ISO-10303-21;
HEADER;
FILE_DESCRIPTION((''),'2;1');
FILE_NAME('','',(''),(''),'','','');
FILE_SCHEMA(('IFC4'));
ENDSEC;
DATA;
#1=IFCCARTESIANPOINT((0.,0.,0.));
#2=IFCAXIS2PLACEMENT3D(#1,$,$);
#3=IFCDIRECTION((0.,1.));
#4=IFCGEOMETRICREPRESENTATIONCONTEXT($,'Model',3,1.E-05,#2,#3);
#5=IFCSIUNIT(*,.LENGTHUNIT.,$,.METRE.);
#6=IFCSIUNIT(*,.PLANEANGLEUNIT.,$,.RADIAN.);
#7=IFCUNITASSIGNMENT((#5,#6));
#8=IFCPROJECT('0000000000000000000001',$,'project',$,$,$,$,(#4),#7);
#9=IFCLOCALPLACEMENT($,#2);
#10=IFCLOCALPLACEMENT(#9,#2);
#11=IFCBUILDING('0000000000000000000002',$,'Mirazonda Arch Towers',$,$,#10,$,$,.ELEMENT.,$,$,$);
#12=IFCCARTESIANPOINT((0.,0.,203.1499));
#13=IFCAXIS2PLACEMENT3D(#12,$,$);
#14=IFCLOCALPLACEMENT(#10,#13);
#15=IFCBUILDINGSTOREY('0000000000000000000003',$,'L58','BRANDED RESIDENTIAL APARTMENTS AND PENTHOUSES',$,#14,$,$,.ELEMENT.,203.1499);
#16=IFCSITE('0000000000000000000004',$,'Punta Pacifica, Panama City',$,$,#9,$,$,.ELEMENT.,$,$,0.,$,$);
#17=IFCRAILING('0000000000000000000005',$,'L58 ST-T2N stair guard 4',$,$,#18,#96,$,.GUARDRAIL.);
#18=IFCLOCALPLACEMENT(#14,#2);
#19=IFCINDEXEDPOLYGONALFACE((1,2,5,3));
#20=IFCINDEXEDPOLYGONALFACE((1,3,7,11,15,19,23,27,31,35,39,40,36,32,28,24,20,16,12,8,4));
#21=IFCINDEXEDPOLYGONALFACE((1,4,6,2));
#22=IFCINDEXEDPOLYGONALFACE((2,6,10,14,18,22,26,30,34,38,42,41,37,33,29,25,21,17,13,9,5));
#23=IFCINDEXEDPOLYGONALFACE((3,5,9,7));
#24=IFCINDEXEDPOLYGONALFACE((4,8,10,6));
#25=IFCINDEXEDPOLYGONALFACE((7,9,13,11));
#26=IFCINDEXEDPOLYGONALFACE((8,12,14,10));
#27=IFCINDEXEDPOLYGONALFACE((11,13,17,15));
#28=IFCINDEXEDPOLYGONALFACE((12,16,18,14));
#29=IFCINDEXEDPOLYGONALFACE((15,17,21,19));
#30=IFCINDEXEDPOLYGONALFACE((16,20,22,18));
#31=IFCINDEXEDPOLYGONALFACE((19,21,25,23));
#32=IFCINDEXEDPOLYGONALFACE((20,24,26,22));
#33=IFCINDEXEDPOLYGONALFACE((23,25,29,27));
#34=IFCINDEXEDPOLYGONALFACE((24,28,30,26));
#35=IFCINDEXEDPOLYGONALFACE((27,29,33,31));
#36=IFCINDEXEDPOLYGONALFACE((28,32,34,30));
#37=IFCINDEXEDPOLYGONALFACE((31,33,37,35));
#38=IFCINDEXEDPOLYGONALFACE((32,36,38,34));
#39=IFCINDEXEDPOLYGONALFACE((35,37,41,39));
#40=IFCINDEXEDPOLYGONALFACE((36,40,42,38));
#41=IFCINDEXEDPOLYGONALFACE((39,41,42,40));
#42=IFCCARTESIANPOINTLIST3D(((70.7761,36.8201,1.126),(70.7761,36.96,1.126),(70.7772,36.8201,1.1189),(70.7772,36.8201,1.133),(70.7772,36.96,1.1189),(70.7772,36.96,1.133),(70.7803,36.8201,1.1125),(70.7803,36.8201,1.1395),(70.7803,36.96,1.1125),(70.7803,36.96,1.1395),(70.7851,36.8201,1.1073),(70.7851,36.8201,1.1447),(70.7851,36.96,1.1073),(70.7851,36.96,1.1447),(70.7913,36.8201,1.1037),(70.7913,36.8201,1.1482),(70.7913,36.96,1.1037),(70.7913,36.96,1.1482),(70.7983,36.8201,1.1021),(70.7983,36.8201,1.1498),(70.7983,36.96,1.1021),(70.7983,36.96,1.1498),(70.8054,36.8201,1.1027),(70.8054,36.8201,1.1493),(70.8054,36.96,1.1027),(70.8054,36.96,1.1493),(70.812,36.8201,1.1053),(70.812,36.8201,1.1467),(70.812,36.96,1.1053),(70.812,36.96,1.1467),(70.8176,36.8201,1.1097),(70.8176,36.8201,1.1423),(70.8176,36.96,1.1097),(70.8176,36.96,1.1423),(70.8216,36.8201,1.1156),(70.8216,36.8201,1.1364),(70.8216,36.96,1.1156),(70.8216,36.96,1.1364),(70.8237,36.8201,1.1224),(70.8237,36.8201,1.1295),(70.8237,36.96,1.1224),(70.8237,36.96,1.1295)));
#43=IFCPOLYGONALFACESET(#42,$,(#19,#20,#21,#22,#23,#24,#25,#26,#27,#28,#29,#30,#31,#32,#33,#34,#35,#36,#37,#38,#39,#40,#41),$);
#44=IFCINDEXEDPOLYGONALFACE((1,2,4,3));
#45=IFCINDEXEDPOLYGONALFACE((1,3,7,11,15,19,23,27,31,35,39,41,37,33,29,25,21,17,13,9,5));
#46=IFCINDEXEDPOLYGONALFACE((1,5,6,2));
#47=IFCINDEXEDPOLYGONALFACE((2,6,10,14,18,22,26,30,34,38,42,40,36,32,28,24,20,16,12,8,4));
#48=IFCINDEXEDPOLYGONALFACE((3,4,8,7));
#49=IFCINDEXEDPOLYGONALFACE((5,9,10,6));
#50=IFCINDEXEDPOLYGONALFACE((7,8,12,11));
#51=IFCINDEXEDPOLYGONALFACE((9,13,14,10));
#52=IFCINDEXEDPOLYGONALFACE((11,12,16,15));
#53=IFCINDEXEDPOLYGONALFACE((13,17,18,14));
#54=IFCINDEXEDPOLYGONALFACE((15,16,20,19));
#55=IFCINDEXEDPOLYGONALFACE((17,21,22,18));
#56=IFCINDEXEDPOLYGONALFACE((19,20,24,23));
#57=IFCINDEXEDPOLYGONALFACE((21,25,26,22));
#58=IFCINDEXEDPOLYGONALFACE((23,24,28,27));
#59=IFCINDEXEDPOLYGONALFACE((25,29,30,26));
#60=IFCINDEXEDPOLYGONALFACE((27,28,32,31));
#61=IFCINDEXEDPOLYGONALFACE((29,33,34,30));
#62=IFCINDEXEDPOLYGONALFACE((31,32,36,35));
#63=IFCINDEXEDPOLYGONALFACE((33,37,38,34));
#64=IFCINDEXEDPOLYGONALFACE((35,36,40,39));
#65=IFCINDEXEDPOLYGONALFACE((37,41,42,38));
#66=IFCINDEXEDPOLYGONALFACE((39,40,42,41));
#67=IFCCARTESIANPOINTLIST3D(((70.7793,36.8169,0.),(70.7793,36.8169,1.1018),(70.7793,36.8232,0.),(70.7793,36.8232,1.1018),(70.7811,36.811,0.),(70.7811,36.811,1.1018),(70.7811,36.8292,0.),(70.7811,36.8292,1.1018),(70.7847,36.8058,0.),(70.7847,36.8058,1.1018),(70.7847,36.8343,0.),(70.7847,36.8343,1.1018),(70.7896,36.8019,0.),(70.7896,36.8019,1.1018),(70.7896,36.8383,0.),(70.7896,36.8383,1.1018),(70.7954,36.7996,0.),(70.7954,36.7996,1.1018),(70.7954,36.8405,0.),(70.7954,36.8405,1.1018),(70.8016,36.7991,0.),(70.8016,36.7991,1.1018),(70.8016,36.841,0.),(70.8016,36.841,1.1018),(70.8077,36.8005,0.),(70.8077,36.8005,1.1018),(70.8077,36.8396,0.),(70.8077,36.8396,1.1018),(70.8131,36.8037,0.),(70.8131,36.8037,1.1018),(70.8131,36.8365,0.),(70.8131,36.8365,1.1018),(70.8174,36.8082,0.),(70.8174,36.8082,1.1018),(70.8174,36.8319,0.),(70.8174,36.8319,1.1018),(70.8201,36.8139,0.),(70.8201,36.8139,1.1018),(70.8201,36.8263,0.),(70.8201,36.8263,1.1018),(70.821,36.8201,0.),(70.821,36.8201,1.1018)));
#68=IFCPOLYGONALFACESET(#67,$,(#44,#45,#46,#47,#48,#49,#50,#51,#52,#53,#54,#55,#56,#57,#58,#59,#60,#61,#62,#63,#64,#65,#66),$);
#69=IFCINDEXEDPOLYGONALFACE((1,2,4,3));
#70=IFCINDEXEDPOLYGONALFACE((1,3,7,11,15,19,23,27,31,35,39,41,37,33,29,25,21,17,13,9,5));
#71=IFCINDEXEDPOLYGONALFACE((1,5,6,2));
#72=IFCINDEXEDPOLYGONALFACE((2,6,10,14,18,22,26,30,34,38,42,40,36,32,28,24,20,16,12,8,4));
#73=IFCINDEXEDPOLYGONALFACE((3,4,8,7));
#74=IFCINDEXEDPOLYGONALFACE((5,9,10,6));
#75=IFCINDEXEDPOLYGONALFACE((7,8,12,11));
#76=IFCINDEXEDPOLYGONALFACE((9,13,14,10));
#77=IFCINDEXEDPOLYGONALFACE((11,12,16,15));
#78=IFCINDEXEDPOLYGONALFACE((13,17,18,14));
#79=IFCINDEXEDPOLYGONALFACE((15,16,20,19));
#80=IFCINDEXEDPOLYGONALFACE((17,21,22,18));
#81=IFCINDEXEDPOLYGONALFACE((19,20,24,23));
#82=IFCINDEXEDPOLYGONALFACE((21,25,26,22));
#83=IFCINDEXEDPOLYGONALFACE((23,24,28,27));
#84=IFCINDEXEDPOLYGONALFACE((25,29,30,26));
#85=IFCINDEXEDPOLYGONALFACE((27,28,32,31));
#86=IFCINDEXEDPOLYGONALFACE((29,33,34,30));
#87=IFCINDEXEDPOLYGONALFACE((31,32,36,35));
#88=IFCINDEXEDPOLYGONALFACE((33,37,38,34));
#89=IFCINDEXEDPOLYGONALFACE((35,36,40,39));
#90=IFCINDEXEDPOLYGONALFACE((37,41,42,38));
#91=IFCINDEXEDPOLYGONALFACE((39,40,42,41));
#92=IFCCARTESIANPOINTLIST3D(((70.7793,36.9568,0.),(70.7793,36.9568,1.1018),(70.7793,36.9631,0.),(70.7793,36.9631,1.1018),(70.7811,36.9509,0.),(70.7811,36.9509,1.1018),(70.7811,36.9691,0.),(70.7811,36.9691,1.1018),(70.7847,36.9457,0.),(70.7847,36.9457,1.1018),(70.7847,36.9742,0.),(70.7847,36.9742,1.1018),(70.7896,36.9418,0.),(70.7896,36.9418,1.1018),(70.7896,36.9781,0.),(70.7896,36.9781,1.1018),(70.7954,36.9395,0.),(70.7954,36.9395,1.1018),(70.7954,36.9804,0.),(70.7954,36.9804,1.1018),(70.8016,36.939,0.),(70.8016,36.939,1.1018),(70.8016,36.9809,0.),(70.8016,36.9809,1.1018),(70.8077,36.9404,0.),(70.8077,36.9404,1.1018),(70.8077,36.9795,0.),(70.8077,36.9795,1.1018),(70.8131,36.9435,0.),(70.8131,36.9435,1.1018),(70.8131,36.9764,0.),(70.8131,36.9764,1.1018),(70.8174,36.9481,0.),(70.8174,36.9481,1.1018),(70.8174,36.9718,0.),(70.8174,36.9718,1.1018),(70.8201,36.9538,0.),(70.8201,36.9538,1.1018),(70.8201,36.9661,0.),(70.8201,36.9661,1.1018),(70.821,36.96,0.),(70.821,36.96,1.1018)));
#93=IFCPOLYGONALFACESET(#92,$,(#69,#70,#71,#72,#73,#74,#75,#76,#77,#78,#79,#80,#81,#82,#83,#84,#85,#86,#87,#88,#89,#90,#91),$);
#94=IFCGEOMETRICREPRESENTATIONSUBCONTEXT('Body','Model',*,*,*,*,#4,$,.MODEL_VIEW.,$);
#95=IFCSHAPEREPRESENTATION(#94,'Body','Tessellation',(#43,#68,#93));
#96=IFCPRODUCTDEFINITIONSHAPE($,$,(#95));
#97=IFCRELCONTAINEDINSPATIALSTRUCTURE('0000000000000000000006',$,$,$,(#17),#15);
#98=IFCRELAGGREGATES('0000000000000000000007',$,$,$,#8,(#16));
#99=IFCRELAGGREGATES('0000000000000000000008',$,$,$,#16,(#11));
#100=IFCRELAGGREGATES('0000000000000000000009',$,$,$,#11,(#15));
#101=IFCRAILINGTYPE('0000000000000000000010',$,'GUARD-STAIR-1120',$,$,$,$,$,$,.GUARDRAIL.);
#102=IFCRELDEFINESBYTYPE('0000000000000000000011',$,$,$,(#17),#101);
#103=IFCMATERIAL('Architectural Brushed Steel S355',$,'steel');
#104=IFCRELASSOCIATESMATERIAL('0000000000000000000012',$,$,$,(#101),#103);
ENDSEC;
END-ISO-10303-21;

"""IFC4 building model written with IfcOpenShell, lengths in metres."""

from ifc_helpers import new_model, si_unit, direction, frame, origin, origin_2d, place, context, subcontext, project, spatial, circle, extrude, material, type_object, element, save


model = new_model("IFC4")

# Units and contexts
model_context = context("Model", 3, precision=1e-05, world=origin(), true_north=direction((0.0, 1.0)))
body_context = subcontext(model_context, "Body", "Model", "MODEL_VIEW")
ifc_project = project(units=[si_unit("LENGTHUNIT", "METRE"), si_unit("PLANEANGLEUNIT", "RADIAN")], contexts=[model_context])

# Site, building, storey
site_placement = place(None, origin())
site = spatial("IfcSite", under=ifc_project, at=site_placement, Name="Punta Pacifica, Panama City", CompositionType="ELEMENT", RefElevation=0.0)
building_placement = place(site_placement, origin())
building = spatial("IfcBuilding", under=site, at=building_placement, Name="Mirazonda Arch Towers", CompositionType="ELEMENT")
storey_placement = place(building_placement, frame((0.0, 0.0, 203.1499)))
storey = spatial("IfcBuildingStorey", under=building, at=storey_placement, Name="L58", Description="BRANDED RESIDENTIAL APARTMENTS AND PENTHOUSES", CompositionType="ELEMENT", Elevation=203.1499)

# Railing
ifc_material_1 = material(Name="Architectural Brushed Steel S355", Category="steel")
railing_type_1 = type_object("IfcRailingType", Name="GUARD-STAIR-1120", PredefinedType="GUARDRAIL", material=ifc_material_1)
railing_1_placement = place(storey_placement, frame((70.8, 36.8201, 0.0)))
element("IfcRailing", 1, at=railing_1_placement, inside=storey, type_object=railing_type_1, Name="L58 ST-T2N stair guard 4", PredefinedType="GUARDRAIL", context=body_context, shape_type="SweptSolid", body=[
    extrude(circle(Radius=0.0239, at=origin_2d()), frame((0.0, 0.0, 1.126), z_axis=(0.0, 1.0, 0.0), x_axis=(-1.0, 0.0, 0.0)), (0.0, 0.0, 1.0), 0.1399),
    extrude(circle(Radius=0.021, at=origin_2d()), origin(), (0.0, 0.0, 1.0), 1.1018),
    extrude(circle(Radius=0.021, at=origin_2d()), frame((0.0, 0.1399, 0.0)), (0.0, 0.0, 1.0), 1.1018),
])

save(model, "model.ifc")
